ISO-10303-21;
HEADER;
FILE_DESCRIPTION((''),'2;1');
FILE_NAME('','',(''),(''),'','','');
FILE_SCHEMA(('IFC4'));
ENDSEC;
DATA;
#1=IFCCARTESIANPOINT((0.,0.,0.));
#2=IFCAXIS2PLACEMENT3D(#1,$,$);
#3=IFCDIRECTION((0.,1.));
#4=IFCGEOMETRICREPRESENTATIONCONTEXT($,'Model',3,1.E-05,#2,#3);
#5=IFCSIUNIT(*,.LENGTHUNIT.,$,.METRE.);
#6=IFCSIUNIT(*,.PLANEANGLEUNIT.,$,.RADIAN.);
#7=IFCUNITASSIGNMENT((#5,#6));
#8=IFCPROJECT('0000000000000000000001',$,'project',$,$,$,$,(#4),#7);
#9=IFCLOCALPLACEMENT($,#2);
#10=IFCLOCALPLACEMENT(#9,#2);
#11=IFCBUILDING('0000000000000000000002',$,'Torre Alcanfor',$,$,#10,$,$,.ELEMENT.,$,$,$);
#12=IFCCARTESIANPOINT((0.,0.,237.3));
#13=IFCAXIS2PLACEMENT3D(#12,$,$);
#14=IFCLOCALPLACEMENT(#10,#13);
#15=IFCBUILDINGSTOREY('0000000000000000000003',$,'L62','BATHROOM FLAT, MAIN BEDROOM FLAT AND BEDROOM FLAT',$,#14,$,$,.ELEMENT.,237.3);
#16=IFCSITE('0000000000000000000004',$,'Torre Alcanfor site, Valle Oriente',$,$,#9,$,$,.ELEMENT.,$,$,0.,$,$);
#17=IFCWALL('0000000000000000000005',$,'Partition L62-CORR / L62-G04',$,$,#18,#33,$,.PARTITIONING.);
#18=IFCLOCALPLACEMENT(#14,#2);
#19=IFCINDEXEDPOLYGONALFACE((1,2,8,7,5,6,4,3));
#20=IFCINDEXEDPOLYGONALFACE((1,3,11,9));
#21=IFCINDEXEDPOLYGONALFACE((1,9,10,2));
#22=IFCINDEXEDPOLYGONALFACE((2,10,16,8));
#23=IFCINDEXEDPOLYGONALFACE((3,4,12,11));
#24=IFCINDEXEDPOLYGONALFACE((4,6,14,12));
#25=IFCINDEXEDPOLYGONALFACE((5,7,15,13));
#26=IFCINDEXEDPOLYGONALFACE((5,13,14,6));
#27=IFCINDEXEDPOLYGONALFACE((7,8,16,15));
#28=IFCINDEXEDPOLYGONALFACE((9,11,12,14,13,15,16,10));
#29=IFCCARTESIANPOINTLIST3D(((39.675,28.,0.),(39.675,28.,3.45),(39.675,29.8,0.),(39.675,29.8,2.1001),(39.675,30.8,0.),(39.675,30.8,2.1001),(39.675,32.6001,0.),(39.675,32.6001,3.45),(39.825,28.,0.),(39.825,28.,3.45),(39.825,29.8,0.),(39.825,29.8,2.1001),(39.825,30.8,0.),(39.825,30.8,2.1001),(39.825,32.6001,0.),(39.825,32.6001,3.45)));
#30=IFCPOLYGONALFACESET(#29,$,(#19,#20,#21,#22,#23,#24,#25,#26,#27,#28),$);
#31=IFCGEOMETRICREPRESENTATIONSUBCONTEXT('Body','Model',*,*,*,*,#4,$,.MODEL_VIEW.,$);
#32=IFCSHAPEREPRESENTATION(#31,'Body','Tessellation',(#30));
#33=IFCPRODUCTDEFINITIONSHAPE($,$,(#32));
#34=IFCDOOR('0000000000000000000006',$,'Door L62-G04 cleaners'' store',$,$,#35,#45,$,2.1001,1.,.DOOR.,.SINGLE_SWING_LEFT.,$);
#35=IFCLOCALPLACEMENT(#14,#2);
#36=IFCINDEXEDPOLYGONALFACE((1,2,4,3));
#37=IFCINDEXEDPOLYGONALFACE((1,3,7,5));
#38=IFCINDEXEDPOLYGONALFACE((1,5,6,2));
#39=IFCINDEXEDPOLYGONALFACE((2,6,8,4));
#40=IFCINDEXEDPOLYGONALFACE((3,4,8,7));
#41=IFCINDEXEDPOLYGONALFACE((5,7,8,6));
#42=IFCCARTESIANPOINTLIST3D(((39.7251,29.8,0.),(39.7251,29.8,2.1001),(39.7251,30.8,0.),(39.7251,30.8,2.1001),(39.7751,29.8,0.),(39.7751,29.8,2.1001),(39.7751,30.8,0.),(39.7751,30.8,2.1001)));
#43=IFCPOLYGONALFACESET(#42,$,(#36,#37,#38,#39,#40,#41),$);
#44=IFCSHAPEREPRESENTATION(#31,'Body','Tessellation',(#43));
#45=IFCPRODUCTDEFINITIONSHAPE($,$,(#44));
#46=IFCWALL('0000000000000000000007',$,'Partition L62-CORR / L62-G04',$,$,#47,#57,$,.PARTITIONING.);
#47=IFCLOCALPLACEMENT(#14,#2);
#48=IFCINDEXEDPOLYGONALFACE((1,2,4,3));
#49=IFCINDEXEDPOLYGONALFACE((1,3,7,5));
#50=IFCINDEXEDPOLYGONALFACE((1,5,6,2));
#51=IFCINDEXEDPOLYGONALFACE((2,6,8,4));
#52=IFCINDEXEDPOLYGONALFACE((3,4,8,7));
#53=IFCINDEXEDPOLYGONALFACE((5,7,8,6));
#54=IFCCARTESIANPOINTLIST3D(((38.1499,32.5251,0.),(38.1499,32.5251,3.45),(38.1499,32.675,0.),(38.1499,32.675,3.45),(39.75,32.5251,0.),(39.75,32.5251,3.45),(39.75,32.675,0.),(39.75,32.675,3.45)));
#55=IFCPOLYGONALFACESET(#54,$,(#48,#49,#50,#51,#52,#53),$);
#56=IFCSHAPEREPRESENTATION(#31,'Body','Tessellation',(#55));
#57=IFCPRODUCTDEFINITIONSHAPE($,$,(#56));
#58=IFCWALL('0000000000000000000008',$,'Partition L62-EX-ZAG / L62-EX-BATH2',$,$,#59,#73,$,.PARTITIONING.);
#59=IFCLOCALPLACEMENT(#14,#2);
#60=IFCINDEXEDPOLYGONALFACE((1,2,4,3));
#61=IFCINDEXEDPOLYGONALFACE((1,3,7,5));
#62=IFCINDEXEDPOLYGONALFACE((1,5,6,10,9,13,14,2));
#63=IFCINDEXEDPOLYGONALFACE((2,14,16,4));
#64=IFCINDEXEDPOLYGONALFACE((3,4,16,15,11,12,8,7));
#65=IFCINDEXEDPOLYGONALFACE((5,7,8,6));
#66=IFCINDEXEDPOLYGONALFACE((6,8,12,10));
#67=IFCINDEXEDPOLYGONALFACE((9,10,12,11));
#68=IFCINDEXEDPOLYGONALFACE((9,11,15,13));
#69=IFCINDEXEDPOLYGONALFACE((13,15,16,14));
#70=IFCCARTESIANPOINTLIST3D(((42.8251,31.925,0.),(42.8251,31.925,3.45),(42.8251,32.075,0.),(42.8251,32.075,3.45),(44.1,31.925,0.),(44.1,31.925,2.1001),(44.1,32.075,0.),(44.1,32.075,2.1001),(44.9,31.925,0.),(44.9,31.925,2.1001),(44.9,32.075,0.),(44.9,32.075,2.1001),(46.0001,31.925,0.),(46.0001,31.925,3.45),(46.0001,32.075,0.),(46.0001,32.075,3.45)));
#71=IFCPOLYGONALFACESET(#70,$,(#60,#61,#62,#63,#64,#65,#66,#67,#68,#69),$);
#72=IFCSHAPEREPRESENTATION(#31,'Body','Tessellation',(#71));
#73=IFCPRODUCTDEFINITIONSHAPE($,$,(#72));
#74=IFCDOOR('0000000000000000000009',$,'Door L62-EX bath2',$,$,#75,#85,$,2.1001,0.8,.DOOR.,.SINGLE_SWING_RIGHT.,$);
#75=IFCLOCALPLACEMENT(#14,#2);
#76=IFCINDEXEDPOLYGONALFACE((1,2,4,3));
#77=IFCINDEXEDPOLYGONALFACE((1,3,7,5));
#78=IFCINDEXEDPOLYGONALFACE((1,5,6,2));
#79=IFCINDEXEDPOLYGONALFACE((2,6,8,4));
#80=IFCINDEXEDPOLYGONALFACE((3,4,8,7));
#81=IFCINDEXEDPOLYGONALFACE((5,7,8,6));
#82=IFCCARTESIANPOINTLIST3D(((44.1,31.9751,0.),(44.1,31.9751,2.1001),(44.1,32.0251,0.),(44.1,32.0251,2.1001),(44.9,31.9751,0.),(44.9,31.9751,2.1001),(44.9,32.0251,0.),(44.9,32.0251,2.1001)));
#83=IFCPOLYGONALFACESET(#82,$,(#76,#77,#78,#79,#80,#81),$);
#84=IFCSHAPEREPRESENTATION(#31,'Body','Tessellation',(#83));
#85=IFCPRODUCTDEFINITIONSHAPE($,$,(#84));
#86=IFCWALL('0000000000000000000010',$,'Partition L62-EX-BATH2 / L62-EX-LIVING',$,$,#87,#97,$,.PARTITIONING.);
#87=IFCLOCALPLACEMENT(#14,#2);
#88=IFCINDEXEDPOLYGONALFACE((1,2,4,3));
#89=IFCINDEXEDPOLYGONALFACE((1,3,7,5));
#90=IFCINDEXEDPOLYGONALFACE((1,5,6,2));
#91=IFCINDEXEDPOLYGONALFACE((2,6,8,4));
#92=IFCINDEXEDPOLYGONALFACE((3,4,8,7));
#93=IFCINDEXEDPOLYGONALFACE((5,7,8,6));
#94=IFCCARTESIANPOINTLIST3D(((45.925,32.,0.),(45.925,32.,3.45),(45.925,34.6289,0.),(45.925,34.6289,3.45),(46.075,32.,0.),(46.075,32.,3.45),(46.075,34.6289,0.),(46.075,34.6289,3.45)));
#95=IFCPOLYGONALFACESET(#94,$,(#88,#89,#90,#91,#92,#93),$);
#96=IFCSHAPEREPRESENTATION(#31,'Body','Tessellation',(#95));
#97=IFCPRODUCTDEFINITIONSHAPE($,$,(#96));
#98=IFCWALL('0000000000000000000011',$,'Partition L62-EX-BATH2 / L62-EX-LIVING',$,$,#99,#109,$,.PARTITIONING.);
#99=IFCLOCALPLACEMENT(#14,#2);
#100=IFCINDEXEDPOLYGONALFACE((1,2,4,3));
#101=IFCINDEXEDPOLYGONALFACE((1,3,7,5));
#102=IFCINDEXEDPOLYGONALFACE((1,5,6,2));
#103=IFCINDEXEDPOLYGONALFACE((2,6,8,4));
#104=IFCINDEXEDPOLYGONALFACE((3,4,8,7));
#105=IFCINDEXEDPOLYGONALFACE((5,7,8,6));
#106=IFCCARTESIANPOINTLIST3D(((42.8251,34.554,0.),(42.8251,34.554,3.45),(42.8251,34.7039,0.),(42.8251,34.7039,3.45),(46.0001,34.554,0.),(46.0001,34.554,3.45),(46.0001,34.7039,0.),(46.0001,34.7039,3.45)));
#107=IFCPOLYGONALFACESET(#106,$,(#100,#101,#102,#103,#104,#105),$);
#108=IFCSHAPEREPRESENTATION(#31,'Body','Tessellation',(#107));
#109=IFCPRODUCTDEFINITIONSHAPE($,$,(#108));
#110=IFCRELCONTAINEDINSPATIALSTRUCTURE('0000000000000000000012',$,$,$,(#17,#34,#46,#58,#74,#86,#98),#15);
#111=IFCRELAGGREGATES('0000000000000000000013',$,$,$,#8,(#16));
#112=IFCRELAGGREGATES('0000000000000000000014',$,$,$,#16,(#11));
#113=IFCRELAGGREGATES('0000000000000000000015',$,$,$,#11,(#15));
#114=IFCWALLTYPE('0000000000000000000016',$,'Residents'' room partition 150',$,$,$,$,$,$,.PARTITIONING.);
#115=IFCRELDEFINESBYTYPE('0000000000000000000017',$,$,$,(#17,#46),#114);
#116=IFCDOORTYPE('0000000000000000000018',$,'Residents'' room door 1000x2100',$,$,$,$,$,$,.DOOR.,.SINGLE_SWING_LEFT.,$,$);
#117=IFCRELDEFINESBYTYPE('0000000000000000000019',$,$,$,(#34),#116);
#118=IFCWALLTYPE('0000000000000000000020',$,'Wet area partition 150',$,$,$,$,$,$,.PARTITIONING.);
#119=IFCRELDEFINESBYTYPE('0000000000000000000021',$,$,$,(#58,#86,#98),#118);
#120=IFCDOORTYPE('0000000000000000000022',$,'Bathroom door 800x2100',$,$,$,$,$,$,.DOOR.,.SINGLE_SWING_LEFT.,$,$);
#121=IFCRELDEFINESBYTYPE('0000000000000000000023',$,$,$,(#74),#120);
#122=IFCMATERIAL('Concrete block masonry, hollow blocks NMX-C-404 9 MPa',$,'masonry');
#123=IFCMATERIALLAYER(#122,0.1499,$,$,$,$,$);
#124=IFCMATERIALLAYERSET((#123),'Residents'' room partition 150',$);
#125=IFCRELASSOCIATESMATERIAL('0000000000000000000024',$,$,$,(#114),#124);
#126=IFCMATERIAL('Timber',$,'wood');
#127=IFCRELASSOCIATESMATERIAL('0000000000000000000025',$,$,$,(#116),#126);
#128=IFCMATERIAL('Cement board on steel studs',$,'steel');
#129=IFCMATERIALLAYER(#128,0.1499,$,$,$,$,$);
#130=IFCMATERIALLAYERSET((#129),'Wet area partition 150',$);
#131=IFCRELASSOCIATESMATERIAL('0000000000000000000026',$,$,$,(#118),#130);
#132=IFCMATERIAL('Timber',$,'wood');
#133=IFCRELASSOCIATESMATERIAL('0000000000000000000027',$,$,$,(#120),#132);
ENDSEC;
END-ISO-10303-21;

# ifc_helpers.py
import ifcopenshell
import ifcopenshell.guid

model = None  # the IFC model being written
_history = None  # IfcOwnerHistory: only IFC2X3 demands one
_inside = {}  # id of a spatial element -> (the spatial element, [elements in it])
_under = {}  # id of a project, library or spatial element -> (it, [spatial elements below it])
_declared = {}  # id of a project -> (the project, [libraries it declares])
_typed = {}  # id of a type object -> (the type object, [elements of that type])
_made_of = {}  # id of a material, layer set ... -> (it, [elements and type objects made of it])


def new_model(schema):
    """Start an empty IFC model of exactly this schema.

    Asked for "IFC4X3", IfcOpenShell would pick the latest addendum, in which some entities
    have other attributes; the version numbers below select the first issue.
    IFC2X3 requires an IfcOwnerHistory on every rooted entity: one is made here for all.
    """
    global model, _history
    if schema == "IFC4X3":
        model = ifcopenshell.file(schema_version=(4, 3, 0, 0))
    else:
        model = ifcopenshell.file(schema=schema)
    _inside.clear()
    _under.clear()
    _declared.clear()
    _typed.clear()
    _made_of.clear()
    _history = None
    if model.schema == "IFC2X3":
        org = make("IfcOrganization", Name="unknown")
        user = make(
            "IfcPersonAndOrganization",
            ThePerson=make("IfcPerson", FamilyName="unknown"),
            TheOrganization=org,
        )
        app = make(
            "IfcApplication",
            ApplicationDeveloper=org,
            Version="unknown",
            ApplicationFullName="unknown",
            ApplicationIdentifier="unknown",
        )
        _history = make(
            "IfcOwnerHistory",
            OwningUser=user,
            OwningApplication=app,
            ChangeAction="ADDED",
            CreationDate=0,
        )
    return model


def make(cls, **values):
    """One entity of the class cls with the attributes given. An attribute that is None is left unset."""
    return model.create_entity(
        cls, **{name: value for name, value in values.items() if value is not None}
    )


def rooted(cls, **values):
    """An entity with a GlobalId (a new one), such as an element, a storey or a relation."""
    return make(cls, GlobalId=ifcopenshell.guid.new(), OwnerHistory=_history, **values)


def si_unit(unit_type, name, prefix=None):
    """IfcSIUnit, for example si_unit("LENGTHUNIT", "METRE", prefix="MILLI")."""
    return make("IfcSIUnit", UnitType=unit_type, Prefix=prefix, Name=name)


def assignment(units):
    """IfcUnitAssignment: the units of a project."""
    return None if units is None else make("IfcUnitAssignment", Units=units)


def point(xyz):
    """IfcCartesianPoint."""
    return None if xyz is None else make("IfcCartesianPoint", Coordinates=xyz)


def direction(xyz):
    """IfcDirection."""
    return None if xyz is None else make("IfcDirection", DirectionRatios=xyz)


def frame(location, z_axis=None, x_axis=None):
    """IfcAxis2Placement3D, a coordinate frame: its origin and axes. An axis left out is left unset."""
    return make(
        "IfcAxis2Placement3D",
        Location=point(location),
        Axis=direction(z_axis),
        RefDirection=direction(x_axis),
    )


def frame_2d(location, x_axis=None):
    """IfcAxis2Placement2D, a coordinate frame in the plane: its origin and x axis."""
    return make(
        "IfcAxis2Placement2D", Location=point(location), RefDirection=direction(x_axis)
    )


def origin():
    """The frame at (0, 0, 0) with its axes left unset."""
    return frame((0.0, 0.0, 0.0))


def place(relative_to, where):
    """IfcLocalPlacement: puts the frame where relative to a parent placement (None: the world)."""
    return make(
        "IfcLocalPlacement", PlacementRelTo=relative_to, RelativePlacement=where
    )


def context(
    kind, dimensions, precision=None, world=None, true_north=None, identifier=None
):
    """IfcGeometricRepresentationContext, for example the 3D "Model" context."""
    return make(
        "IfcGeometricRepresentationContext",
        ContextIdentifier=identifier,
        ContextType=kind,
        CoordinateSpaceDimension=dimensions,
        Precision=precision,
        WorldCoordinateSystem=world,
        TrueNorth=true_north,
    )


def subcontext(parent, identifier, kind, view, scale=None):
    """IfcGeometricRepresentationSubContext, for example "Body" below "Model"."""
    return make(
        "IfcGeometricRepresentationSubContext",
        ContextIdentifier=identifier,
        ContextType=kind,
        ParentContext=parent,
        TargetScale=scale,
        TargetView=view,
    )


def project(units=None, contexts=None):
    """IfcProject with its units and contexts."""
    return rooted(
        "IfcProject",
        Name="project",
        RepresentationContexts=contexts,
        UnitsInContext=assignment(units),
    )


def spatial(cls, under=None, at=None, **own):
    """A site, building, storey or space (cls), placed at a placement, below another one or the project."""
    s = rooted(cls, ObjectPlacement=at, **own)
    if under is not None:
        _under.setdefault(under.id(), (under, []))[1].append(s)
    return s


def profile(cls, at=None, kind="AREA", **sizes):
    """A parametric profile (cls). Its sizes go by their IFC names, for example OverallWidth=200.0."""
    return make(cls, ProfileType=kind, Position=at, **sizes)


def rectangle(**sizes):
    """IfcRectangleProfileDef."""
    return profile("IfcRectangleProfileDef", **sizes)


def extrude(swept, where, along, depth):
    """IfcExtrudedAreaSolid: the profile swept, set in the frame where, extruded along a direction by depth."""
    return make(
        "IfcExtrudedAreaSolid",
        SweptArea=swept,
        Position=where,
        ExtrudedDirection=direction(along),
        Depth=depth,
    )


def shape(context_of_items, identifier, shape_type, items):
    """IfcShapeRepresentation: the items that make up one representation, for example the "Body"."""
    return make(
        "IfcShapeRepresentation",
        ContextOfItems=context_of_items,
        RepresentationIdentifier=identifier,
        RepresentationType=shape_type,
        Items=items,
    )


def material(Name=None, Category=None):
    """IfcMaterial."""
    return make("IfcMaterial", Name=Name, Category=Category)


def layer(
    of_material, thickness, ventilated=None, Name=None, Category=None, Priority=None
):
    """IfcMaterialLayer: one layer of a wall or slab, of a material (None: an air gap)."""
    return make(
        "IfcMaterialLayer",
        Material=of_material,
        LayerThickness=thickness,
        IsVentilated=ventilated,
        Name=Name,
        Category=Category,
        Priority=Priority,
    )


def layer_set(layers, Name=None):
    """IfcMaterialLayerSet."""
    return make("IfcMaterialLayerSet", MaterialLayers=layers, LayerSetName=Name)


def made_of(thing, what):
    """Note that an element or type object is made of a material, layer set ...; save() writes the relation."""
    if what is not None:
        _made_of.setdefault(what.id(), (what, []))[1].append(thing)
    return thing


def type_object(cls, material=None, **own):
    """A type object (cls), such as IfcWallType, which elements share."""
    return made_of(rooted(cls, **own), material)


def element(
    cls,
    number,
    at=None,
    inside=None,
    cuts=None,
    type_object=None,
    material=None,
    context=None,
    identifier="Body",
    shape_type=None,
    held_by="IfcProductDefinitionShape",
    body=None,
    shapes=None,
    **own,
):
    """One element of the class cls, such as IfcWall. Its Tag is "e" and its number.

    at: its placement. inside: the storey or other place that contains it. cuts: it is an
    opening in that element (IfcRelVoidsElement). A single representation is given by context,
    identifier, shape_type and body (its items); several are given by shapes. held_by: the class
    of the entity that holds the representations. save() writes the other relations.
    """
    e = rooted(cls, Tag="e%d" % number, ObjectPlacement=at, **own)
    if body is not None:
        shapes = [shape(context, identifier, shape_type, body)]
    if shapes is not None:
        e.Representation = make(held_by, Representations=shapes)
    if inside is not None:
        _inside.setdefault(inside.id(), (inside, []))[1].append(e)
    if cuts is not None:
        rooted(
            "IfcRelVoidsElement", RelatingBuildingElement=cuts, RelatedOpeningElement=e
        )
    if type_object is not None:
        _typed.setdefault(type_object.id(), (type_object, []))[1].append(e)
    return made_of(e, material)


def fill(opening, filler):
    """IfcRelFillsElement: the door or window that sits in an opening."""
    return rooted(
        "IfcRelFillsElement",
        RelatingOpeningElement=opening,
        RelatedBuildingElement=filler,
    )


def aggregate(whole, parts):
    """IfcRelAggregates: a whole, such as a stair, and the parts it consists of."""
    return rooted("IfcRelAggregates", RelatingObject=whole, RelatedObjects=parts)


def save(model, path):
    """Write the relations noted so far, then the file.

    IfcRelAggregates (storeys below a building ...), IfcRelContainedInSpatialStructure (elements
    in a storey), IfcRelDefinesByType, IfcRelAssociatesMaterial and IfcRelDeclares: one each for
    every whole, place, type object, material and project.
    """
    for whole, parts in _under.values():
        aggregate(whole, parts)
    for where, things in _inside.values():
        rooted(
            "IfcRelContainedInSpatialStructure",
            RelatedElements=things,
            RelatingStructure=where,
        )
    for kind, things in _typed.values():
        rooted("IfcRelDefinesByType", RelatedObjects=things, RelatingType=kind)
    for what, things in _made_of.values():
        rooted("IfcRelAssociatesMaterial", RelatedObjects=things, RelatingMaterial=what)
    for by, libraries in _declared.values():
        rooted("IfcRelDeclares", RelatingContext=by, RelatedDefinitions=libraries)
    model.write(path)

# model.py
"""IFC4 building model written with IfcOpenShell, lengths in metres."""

from ifc_helpers import new_model, si_unit, direction, frame, frame_2d, origin, place, context, subcontext, project, spatial, rectangle, extrude, material, layer, layer_set, type_object, element, fill, save


model = new_model("IFC4")

# Units and contexts
model_context = context("Model", 3, precision=1e-05, world=origin(), true_north=direction((0.0, 1.0)))
body_context = subcontext(model_context, "Body", "Model", "MODEL_VIEW")
ifc_project = project(units=[si_unit("LENGTHUNIT", "METRE"), si_unit("PLANEANGLEUNIT", "RADIAN")], contexts=[model_context])

# Site, building, storey
site_placement = place(None, origin())
site = spatial("IfcSite", under=ifc_project, at=site_placement, Name="Torre Alcanfor site, Valle Oriente", CompositionType="ELEMENT", RefElevation=0.0)
building_placement = place(site_placement, origin())
building = spatial("IfcBuilding", under=site, at=building_placement, Name="Torre Alcanfor", CompositionType="ELEMENT")
storey_placement = place(building_placement, frame((0.0, 0.0, 237.3)))
storey = spatial("IfcBuildingStorey", under=building, at=storey_placement, Name="L62", Description="BATHROOM FLAT, MAIN BEDROOM FLAT AND BEDROOM FLAT", CompositionType="ELEMENT", Elevation=237.3)

# Shared definitions
ifc_material_1 = material(Name="Concrete block masonry, hollow blocks NMX-C-404 9 MPa", Category="masonry")
ifc_layer_1 = layer(ifc_material_1, 0.1499)
ifc_layer_set_1 = layer_set([ifc_layer_1], Name="Residents' room partition 150")
wall_type_1 = type_object("IfcWallType", Name="Residents' room partition 150", PredefinedType="PARTITIONING", material=ifc_layer_set_1)

# Wall, opening, door
wall_1_placement = place(storey_placement, frame((39.75, 28.0, 0.0), z_axis=(0.0, 0.0, 1.0), x_axis=(0.0, 1.0, 0.0)))
wall_1 = element("IfcWall", 1, at=wall_1_placement, inside=storey, type_object=wall_type_1, Name="Partition L62-CORR / L62-G04", PredefinedType="PARTITIONING", context=body_context, shape_type="SweptSolid", body=[
    extrude(rectangle(XDim=4.6001, YDim=0.1499, at=frame_2d((2.3, 0.0))), origin(), (0.0, 0.0, 1.0), 3.45),
])
opening_1_placement = place(wall_1_placement, frame((1.8, 0.0, 0.0)))
opening_1 = element("IfcOpeningElement", 2, at=opening_1_placement, cuts=wall_1, PredefinedType="OPENING", context=body_context, shape_type="SweptSolid", body=[
    extrude(rectangle(XDim=1.0, YDim=2.1001, at=frame_2d((0.5, 1.05))), frame((0.0, 0.085, 0.0), z_axis=(0.0, -1.0, 0.0), x_axis=(1.0, 0.0, 0.0)), (0.0, 0.0, 1.0), 0.1699),
])
ifc_material_2 = material(Name="Timber", Category="wood")
door_type_1 = type_object("IfcDoorType", Name="Residents' room door 1000x2100", OperationType="SINGLE_SWING_LEFT", PredefinedType="DOOR", material=ifc_material_2)
door_1_placement = place(opening_1_placement, origin())
door_1 = element("IfcDoor", 3, at=door_1_placement, inside=storey, type_object=door_type_1, Name="Door L62-G04 cleaners' store", OperationType="SINGLE_SWING_LEFT", OverallHeight=2.1001, OverallWidth=1.0, PredefinedType="DOOR", context=body_context, shape_type="SweptSolid", body=[
    extrude(rectangle(XDim=1.0, YDim=2.1001, at=frame_2d((0.5, 1.05))), frame((0.0, 0.0249, 0.0), z_axis=(0.0, -1.0, 0.0), x_axis=(1.0, 0.0, 0.0)), (0.0, 0.0, 1.0), 0.05),
])
fill(opening_1, door_1)

# Wall
wall_2_placement = place(storey_placement, frame((39.75, 32.6001, 0.0), z_axis=(0.0, 0.0, 1.0), x_axis=(-1.0, 0.0, 0.0)))
element("IfcWall", 4, at=wall_2_placement, inside=storey, type_object=wall_type_1, Name="Partition L62-CORR / L62-G04", PredefinedType="PARTITIONING", context=body_context, shape_type="SweptSolid", body=[
    extrude(rectangle(XDim=1.6001, YDim=0.1499, at=frame_2d((0.8, 0.0))), origin(), (0.0, 0.0, 1.0), 3.45),
])

# Wall, opening, door
ifc_material_3 = material(Name="Cement board on steel studs", Category="steel")
ifc_layer_2 = layer(ifc_material_3, 0.1499)
ifc_layer_set_2 = layer_set([ifc_layer_2], Name="Wet area partition 150")
wall_type_2 = type_object("IfcWallType", Name="Wet area partition 150", PredefinedType="PARTITIONING", material=ifc_layer_set_2)
wall_3_placement = place(storey_placement, frame((46.0, 32.0, 0.0), z_axis=(0.0, 0.0, 1.0), x_axis=(-1.0, 0.0, 0.0)))
wall_3 = element("IfcWall", 5, at=wall_3_placement, inside=storey, type_object=wall_type_2, Name="Partition L62-EX-ZAG / L62-EX-BATH2", PredefinedType="PARTITIONING", context=body_context, shape_type="SweptSolid", body=[
    extrude(rectangle(XDim=3.175, YDim=0.1499, at=frame_2d((1.5874, 0.0))), origin(), (0.0, 0.0, 1.0), 3.45),
])
opening_2_placement = place(wall_3_placement, frame((1.1001, 0.0, 0.0)))
opening_2 = element("IfcOpeningElement", 6, at=opening_2_placement, cuts=wall_3, PredefinedType="OPENING", context=body_context, shape_type="SweptSolid", body=[
    extrude(rectangle(XDim=0.8, YDim=2.1001, at=frame_2d((0.3999, 1.05))), frame((0.0, 0.085, 0.0), z_axis=(0.0, -1.0, 0.0), x_axis=(1.0, 0.0, 0.0)), (0.0, 0.0, 1.0), 0.1699),
])
ifc_material_4 = material(Name="Timber", Category="wood")
door_type_2 = type_object("IfcDoorType", Name="Bathroom door 800x2100", OperationType="SINGLE_SWING_LEFT", PredefinedType="DOOR", material=ifc_material_4)
door_2_placement = place(opening_2_placement, frame((0.8, 0.0, 0.0), z_axis=(0.0, 0.0, 1.0), x_axis=(-1.0, 0.0, 0.0)))
door_2 = element("IfcDoor", 7, at=door_2_placement, inside=storey, type_object=door_type_2, Name="Door L62-EX bath2", OperationType="SINGLE_SWING_RIGHT", OverallHeight=2.1001, OverallWidth=0.8, PredefinedType="DOOR", context=body_context, shape_type="SweptSolid", body=[
    extrude(rectangle(XDim=0.8, YDim=2.1001, at=frame_2d((0.4001, 1.05))), frame((0.0, 0.0251, 0.0), z_axis=(0.0, -1.0, 0.0), x_axis=(1.0, 0.0, 0.0)), (0.0, 0.0, 1.0), 0.05),
])
fill(opening_2, door_2)

# Walls
wall_4_placement = place(storey_placement, frame((46.0, 32.0, 0.0), z_axis=(0.0, 0.0, 1.0), x_axis=(0.0, 1.0, 0.0)))
element("IfcWall", 8, at=wall_4_placement, inside=storey, type_object=wall_type_2, Name="Partition L62-EX-BATH2 / L62-EX-LIVING", PredefinedType="PARTITIONING", context=body_context, shape_type="SweptSolid", body=[
    extrude(rectangle(XDim=2.6289, YDim=0.1499, at=frame_2d((1.3145, 0.0))), origin(), (0.0, 0.0, 1.0), 3.45),
])
wall_5_placement = place(storey_placement, frame((46.0, 34.6289, 0.0), z_axis=(0.0, 0.0, 1.0), x_axis=(-1.0, 0.0, 0.0)))
element("IfcWall", 9, at=wall_5_placement, inside=storey, type_object=wall_type_2, Name="Partition L62-EX-BATH2 / L62-EX-LIVING", PredefinedType="PARTITIONING", context=body_context, shape_type="SweptSolid", body=[
    extrude(rectangle(XDim=3.175, YDim=0.1499, at=frame_2d((1.5874, 0.0))), origin(), (0.0, 0.0, 1.0), 3.45),
])

save(model, "model.ifc")
